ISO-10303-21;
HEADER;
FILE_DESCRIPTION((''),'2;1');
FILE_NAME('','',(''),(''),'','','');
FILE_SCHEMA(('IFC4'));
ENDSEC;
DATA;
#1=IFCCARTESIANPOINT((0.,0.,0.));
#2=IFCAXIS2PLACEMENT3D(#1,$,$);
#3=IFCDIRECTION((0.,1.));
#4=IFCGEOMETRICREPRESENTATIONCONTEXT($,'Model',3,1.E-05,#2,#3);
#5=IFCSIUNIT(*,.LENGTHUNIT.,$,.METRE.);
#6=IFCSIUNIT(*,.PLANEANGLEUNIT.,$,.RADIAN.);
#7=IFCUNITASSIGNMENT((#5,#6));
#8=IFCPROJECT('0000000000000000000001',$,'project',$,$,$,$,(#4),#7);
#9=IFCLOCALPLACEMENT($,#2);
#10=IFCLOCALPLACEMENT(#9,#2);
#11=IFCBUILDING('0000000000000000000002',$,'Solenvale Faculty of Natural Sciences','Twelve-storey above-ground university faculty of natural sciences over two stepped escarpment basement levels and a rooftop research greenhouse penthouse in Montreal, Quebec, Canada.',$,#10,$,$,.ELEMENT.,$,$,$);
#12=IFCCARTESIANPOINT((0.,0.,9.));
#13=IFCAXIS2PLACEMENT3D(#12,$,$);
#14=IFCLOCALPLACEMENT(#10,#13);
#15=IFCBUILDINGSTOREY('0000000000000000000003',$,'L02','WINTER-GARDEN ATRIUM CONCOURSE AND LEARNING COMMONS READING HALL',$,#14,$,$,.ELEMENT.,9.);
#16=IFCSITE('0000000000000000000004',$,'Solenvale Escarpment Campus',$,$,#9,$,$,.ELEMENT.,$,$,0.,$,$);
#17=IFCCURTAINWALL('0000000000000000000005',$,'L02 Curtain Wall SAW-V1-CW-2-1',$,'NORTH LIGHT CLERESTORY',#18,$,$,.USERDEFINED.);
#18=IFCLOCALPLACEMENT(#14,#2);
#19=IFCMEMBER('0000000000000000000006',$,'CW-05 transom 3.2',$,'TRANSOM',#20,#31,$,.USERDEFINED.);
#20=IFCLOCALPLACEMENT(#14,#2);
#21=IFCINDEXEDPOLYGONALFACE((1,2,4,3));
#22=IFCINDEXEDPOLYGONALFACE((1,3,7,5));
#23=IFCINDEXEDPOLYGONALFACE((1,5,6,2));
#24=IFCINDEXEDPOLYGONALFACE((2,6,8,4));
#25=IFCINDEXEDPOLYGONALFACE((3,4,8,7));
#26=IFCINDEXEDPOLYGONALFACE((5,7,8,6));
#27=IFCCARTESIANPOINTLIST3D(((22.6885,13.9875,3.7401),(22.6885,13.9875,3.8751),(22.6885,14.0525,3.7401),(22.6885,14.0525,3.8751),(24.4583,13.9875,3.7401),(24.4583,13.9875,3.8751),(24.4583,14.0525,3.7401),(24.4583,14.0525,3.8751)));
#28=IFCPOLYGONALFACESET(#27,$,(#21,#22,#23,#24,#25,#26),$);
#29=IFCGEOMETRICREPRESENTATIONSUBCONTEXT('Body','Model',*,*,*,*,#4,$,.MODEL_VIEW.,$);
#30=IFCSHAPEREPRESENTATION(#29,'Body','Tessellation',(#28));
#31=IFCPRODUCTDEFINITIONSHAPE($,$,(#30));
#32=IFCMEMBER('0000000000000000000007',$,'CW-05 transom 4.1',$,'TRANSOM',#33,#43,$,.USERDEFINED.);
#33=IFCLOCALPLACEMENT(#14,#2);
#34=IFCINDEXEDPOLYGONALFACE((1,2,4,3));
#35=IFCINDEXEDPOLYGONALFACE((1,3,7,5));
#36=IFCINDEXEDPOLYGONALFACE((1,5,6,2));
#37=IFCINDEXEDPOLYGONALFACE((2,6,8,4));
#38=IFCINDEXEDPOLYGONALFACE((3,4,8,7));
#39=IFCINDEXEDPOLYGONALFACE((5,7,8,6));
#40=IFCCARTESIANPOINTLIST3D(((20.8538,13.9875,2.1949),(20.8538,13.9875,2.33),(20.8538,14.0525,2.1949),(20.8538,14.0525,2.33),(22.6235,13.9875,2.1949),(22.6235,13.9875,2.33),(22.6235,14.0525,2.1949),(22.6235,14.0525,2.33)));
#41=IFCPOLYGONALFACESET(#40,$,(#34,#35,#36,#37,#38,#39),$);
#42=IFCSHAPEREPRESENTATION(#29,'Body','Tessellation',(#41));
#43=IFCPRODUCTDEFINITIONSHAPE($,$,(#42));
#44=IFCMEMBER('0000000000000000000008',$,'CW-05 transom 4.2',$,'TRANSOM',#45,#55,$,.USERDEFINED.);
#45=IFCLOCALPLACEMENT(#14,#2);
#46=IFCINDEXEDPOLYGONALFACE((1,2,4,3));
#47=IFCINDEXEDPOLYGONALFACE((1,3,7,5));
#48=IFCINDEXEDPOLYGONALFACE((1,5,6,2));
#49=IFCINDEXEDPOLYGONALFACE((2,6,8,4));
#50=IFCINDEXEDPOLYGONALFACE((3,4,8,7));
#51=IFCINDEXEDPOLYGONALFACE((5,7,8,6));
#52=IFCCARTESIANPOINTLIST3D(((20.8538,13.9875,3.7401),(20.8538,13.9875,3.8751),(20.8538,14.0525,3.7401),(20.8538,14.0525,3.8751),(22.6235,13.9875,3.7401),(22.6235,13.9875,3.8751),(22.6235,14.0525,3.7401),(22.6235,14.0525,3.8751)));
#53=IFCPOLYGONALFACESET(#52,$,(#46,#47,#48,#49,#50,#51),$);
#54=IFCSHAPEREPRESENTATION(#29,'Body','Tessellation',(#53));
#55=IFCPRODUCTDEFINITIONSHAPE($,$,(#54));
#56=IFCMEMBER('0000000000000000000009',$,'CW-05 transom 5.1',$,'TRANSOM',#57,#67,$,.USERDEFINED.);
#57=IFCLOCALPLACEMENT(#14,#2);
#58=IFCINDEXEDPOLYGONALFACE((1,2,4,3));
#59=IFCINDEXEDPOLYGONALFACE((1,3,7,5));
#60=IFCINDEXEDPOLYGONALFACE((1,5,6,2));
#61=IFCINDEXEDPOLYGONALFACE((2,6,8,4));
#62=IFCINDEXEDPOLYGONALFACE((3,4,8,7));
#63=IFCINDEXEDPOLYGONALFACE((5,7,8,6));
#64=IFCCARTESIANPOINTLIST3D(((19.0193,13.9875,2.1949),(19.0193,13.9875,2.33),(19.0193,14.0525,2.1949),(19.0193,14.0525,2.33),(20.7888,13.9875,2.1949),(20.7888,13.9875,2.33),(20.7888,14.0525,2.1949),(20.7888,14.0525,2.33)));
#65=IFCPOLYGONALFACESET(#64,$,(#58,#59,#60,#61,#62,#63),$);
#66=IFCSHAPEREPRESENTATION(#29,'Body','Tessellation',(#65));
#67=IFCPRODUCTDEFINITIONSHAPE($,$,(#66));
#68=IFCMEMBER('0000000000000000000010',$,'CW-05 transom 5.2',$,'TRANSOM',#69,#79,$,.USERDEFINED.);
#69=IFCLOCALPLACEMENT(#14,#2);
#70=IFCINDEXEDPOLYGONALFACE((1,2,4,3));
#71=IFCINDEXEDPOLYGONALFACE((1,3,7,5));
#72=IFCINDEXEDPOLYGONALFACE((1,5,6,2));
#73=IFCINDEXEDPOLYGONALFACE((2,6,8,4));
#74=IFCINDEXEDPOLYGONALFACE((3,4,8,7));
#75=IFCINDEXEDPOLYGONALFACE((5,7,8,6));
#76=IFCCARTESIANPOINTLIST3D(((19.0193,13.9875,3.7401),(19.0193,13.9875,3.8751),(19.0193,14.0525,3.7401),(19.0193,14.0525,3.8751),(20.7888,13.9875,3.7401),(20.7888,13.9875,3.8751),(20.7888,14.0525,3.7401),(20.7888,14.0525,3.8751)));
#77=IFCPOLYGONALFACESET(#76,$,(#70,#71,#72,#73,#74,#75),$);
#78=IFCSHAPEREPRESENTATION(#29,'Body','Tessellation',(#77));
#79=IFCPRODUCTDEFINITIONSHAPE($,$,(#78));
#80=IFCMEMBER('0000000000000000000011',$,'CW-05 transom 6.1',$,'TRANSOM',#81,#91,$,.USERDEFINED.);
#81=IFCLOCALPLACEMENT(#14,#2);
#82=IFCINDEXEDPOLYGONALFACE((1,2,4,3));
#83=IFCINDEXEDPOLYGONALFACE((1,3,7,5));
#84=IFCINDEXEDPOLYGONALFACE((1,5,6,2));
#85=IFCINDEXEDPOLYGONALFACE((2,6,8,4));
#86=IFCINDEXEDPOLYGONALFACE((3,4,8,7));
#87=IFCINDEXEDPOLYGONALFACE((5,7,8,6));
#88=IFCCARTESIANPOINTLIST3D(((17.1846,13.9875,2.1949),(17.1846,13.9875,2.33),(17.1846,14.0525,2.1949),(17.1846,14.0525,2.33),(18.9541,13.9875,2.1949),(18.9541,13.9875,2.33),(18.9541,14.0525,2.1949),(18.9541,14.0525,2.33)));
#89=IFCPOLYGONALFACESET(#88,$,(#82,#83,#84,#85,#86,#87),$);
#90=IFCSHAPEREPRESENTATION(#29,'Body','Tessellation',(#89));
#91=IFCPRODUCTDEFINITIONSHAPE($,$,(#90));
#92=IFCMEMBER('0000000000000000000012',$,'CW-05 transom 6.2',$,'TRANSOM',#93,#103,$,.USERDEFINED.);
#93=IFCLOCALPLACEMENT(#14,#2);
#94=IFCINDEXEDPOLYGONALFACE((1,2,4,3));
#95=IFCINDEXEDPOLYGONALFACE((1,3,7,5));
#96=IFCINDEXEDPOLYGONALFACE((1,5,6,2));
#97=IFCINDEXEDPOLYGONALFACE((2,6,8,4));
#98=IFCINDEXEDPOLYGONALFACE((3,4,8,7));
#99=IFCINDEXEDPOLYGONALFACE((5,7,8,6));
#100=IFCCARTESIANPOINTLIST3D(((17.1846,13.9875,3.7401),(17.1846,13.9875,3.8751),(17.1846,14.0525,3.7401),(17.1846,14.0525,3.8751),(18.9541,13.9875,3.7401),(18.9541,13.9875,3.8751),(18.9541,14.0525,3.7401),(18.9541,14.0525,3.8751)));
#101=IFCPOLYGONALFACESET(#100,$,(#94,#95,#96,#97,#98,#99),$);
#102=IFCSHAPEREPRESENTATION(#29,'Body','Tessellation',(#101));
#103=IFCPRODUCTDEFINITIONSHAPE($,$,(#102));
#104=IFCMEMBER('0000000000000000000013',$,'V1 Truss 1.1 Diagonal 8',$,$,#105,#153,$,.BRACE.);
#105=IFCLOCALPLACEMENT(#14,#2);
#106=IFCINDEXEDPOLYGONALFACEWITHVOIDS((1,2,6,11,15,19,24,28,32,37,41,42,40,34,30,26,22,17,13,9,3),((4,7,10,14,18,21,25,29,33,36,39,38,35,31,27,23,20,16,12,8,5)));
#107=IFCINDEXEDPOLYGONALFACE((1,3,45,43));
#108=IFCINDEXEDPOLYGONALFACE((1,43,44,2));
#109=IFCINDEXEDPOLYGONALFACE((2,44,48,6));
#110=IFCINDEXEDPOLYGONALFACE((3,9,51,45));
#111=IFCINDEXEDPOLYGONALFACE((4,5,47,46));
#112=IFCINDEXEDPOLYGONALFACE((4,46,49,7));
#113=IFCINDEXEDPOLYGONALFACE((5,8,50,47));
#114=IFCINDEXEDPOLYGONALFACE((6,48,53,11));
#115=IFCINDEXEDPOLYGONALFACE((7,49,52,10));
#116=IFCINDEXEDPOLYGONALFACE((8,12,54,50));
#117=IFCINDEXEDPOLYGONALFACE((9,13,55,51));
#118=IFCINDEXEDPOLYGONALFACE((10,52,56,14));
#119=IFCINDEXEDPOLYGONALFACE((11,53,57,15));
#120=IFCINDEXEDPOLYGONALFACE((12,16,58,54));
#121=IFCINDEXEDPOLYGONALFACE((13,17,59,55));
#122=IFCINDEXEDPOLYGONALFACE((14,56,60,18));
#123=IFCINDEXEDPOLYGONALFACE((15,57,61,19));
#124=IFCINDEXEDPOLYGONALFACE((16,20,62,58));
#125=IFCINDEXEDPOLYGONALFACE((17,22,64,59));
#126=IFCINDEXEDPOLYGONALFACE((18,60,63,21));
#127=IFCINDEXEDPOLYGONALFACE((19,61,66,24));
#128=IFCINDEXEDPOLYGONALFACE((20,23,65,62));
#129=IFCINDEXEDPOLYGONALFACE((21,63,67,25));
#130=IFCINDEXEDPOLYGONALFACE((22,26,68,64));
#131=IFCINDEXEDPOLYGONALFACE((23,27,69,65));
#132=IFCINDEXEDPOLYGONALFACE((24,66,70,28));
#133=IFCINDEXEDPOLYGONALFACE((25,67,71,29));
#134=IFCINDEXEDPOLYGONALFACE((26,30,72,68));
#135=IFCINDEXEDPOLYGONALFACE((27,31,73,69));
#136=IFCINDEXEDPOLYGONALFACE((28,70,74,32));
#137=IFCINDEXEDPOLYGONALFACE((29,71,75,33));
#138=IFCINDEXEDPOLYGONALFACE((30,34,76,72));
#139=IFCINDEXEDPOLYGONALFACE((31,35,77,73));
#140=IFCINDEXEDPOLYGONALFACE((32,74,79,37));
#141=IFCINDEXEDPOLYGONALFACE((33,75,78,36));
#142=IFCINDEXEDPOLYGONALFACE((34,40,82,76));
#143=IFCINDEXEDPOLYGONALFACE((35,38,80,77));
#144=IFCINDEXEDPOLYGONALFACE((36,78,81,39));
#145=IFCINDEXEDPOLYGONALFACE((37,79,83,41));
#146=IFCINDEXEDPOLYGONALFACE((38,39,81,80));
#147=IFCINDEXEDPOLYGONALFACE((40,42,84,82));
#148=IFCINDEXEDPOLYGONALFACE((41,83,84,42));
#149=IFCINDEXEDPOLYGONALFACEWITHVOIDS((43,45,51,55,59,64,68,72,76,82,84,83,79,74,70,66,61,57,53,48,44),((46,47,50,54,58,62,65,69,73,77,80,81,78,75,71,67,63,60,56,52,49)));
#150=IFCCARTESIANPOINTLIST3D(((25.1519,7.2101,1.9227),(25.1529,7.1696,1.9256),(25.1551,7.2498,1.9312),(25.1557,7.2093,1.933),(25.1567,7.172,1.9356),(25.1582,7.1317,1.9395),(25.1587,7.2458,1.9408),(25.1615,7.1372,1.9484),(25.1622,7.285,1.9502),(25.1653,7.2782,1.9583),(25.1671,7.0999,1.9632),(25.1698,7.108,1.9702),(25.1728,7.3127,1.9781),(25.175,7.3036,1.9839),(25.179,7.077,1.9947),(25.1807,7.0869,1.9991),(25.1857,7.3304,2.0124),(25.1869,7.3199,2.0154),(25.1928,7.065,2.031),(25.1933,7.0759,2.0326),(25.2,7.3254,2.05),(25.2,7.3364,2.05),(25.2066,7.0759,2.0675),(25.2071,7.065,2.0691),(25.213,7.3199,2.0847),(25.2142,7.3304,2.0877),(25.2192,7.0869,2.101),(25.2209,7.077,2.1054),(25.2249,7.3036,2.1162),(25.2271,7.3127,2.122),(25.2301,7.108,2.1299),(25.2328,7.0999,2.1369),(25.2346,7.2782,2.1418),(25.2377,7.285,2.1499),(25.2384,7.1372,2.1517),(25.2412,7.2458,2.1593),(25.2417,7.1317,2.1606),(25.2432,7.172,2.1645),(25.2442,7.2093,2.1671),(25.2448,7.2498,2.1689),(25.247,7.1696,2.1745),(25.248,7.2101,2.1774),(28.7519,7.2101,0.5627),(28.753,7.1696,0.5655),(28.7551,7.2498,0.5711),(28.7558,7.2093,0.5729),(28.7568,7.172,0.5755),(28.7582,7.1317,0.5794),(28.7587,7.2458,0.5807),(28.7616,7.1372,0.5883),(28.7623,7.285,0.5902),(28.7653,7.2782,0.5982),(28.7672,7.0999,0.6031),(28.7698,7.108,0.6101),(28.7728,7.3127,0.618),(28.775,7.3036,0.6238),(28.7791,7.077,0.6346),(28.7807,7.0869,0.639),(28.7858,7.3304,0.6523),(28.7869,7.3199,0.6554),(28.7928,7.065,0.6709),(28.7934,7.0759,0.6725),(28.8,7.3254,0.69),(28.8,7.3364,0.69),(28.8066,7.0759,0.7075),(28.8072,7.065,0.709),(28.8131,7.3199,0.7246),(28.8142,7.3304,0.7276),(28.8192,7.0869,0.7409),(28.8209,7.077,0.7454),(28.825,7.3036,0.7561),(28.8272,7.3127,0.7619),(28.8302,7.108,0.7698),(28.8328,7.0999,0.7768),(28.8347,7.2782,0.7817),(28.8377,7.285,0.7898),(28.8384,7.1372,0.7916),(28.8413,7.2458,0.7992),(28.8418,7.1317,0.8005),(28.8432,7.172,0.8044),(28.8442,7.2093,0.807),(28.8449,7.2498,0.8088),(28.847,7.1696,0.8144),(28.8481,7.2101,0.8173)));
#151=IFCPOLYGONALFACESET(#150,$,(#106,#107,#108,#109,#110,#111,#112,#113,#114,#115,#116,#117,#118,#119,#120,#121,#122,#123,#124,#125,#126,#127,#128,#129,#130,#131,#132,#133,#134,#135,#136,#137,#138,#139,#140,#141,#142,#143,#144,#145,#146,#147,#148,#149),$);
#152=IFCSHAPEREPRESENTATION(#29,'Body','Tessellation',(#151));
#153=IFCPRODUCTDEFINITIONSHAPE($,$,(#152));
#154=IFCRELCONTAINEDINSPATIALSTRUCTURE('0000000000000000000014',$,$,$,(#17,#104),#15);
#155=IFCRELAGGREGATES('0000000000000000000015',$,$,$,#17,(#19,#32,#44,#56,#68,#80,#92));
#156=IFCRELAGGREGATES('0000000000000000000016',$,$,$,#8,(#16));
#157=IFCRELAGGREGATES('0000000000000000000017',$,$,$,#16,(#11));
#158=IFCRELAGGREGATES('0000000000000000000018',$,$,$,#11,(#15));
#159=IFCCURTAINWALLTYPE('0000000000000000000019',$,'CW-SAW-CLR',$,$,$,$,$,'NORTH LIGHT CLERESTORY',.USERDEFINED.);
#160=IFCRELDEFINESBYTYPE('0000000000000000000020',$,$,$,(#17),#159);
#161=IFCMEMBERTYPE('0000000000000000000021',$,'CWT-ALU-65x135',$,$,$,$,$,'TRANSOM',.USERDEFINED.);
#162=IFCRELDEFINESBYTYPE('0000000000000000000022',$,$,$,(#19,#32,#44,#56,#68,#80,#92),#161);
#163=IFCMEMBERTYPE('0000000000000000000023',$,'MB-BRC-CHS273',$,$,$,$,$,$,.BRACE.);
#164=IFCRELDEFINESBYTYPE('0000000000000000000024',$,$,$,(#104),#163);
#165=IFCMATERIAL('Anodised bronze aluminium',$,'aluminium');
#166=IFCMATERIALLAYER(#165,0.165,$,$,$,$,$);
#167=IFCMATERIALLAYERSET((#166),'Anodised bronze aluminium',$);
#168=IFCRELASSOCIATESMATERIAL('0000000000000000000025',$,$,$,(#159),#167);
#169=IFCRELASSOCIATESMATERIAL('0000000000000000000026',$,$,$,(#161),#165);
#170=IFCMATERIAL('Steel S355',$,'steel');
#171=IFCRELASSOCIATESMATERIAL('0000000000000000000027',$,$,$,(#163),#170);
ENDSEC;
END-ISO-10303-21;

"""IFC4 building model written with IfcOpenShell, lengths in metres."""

from ifc_helpers import new_model, si_unit, direction, frame, origin, origin_2d, place, context, subcontext, project, spatial, rectangle, hollow_circle, extrude, material, layer, layer_set, material_profile, profile_set, type_object, element, aggregate, save


model = new_model("IFC4")

# Units and contexts
model_context = context("Model", 3, precision=1e-05, world=origin(), true_north=direction((0.0, 1.0)))
body_context = subcontext(model_context, "Body", "Model", "MODEL_VIEW")
ifc_project = project(units=[si_unit("LENGTHUNIT", "METRE"), si_unit("PLANEANGLEUNIT", "RADIAN")], contexts=[model_context])

# Site, building, storey
site_placement = place(None, origin())
site = spatial("IfcSite", under=ifc_project, at=site_placement, Name="Solenvale Escarpment Campus", CompositionType="ELEMENT", RefElevation=0.0)
building_placement = place(site_placement, origin())
building = spatial("IfcBuilding", under=site, at=building_placement, Name="Solenvale Faculty of Natural Sciences", Description="Twelve-storey above-ground university faculty of natural sciences over two stepped escarpment basement levels and a rooftop research greenhouse penthouse in Montreal, Quebec, Canada.", CompositionType="ELEMENT")
storey_placement = place(building_placement, frame((0.0, 0.0, 9.0)))
storey = spatial("IfcBuildingStorey", under=building, at=storey_placement, Name="L02", Description="WINTER-GARDEN ATRIUM CONCOURSE AND LEARNING COMMONS READING HALL", CompositionType="ELEMENT", Elevation=9.0)

# Shared definitions
ifc_material_1 = material(Name="Steel S355", Category="steel")

# Curtain wall, members
ifc_material_2 = material(Name="Anodised bronze aluminium", Category="aluminium")
ifc_layer_1 = layer(ifc_material_2, 0.165)
ifc_layer_set_1 = layer_set([ifc_layer_1], Name="Anodised bronze aluminium")
curtain_wall_type = type_object("IfcCurtainWallType", Name="CW-SAW-CLR", ElementType="NORTH LIGHT CLERESTORY", PredefinedType="USERDEFINED", material=ifc_layer_set_1)
curtain_wall_placement = place(storey_placement, origin())
curtain_wall = element("IfcCurtainWall", 1, at=curtain_wall_placement, inside=storey, type_object=curtain_wall_type, Name="L02 Curtain Wall SAW-V1-CW-2-1", ObjectType="NORTH LIGHT CLERESTORY", PredefinedType="USERDEFINED")
ifc_material_profile_1 = material_profile(ifc_material_2, rectangle(XDim=0.0649, YDim=0.135, at=origin_2d()), Name="ALU-TRN-65x135")
ifc_profile_set_1 = profile_set([ifc_material_profile_1], Name="Anodised bronze aluminium")
member_type_1 = type_object("IfcMemberType", Name="CWT-ALU-65x135", ElementType="TRANSOM", PredefinedType="USERDEFINED", material=ifc_profile_set_1)
member_1_placement = place(storey_placement, frame((24.4583, 14.02, 3.8076), z_axis=(-1.0, 0.0, 0.0), x_axis=(0.0, -1.0, 0.0)))
member_1 = element("IfcMember", 2, at=member_1_placement, type_object=member_type_1, Name="CW-05 transom 3.2", ObjectType="TRANSOM", PredefinedType="USERDEFINED", context=body_context, shape_type="SweptSolid", body=[
    extrude(rectangle(XDim=0.0649, YDim=0.135, at=origin_2d()), origin(), (0.0, 0.0, 1.0), 1.7698),
])
member_2_placement = place(storey_placement, frame((22.6235, 14.02, 2.2625), z_axis=(-1.0, 0.0, 0.0), x_axis=(0.0, -1.0, 0.0)))
member_2 = element("IfcMember", 3, at=member_2_placement, type_object=member_type_1, Name="CW-05 transom 4.1", ObjectType="TRANSOM", PredefinedType="USERDEFINED", context=body_context, shape_type="SweptSolid", body=[
    extrude(rectangle(XDim=0.0649, YDim=0.135, at=origin_2d()), origin(), (0.0, 0.0, 1.0), 1.7698),
])
member_3_placement = place(storey_placement, frame((22.6235, 14.02, 3.8076), z_axis=(-1.0, 0.0, 0.0), x_axis=(0.0, -1.0, 0.0)))
member_3 = element("IfcMember", 4, at=member_3_placement, type_object=member_type_1, Name="CW-05 transom 4.2", ObjectType="TRANSOM", PredefinedType="USERDEFINED", context=body_context, shape_type="SweptSolid", body=[
    extrude(rectangle(XDim=0.0649, YDim=0.135, at=origin_2d()), origin(), (0.0, 0.0, 1.0), 1.7698),
])
member_4_placement = place(storey_placement, frame((20.7888, 14.02, 2.2625), z_axis=(-1.0, 0.0, 0.0), x_axis=(0.0, -1.0, 0.0)))
member_4 = element("IfcMember", 5, at=member_4_placement, type_object=member_type_1, Name="CW-05 transom 5.1", ObjectType="TRANSOM", PredefinedType="USERDEFINED", context=body_context, shape_type="SweptSolid", body=[
    extrude(rectangle(XDim=0.0649, YDim=0.135, at=origin_2d()), origin(), (0.0, 0.0, 1.0), 1.7695),
])
member_5_placement = place(storey_placement, frame((20.7888, 14.02, 3.8076), z_axis=(-1.0, 0.0, 0.0), x_axis=(0.0, -1.0, 0.0)))
member_5 = element("IfcMember", 6, at=member_5_placement, type_object=member_type_1, Name="CW-05 transom 5.2", ObjectType="TRANSOM", PredefinedType="USERDEFINED", context=body_context, shape_type="SweptSolid", body=[
    extrude(rectangle(XDim=0.0649, YDim=0.135, at=origin_2d()), origin(), (0.0, 0.0, 1.0), 1.7695),
])
member_6_placement = place(storey_placement, frame((18.9541, 14.02, 2.2625), z_axis=(-1.0, 0.0, 0.0), x_axis=(0.0, -1.0, 0.0)))
member_6 = element("IfcMember", 7, at=member_6_placement, type_object=member_type_1, Name="CW-05 transom 6.1", ObjectType="TRANSOM", PredefinedType="USERDEFINED", context=body_context, shape_type="SweptSolid", body=[
    extrude(rectangle(XDim=0.0649, YDim=0.135, at=origin_2d()), origin(), (0.0, 0.0, 1.0), 1.7695),
])
member_7_placement = place(storey_placement, frame((18.9541, 14.02, 3.8076), z_axis=(-1.0, 0.0, 0.0), x_axis=(0.0, -1.0, 0.0)))
member_7 = element("IfcMember", 8, at=member_7_placement, type_object=member_type_1, Name="CW-05 transom 6.2", ObjectType="TRANSOM", PredefinedType="USERDEFINED", context=body_context, shape_type="SweptSolid", body=[
    extrude(rectangle(XDim=0.0649, YDim=0.135, at=origin_2d()), origin(), (0.0, 0.0, 1.0), 1.7695),
])

# Member
ifc_material_profile_2 = material_profile(ifc_material_1, hollow_circle(Radius=0.1365, WallThickness=0.011, at=origin_2d()), Name="HSS273x11")
ifc_profile_set_2 = profile_set([ifc_material_profile_2], Name="Steel S355")
member_type_2 = type_object("IfcMemberType", Name="MB-BRC-CHS273", PredefinedType="BRACE", material=ifc_profile_set_2)
member_8_placement = place(storey_placement, frame((25.2, 7.2, 2.05), z_axis=(0.935466, 0.0, -0.353417), x_axis=(0.0, 1.0, 0.0)))
element("IfcMember", 9, at=member_8_placement, inside=storey, type_object=member_type_2, Name="V1 Truss 1.1 Diagonal 8", PredefinedType="BRACE", context=body_context, shape_type="SweptSolid", body=[
    extrude(hollow_circle(Radius=0.1365, WallThickness=0.011, at=origin_2d()), origin(), (0.0, 0.0, 1.0), 3.8484),
])

aggregate(curtain_wall, [member_1, member_2, member_3, member_4, member_5, member_6, member_7])

save(model, "model.ifc")
